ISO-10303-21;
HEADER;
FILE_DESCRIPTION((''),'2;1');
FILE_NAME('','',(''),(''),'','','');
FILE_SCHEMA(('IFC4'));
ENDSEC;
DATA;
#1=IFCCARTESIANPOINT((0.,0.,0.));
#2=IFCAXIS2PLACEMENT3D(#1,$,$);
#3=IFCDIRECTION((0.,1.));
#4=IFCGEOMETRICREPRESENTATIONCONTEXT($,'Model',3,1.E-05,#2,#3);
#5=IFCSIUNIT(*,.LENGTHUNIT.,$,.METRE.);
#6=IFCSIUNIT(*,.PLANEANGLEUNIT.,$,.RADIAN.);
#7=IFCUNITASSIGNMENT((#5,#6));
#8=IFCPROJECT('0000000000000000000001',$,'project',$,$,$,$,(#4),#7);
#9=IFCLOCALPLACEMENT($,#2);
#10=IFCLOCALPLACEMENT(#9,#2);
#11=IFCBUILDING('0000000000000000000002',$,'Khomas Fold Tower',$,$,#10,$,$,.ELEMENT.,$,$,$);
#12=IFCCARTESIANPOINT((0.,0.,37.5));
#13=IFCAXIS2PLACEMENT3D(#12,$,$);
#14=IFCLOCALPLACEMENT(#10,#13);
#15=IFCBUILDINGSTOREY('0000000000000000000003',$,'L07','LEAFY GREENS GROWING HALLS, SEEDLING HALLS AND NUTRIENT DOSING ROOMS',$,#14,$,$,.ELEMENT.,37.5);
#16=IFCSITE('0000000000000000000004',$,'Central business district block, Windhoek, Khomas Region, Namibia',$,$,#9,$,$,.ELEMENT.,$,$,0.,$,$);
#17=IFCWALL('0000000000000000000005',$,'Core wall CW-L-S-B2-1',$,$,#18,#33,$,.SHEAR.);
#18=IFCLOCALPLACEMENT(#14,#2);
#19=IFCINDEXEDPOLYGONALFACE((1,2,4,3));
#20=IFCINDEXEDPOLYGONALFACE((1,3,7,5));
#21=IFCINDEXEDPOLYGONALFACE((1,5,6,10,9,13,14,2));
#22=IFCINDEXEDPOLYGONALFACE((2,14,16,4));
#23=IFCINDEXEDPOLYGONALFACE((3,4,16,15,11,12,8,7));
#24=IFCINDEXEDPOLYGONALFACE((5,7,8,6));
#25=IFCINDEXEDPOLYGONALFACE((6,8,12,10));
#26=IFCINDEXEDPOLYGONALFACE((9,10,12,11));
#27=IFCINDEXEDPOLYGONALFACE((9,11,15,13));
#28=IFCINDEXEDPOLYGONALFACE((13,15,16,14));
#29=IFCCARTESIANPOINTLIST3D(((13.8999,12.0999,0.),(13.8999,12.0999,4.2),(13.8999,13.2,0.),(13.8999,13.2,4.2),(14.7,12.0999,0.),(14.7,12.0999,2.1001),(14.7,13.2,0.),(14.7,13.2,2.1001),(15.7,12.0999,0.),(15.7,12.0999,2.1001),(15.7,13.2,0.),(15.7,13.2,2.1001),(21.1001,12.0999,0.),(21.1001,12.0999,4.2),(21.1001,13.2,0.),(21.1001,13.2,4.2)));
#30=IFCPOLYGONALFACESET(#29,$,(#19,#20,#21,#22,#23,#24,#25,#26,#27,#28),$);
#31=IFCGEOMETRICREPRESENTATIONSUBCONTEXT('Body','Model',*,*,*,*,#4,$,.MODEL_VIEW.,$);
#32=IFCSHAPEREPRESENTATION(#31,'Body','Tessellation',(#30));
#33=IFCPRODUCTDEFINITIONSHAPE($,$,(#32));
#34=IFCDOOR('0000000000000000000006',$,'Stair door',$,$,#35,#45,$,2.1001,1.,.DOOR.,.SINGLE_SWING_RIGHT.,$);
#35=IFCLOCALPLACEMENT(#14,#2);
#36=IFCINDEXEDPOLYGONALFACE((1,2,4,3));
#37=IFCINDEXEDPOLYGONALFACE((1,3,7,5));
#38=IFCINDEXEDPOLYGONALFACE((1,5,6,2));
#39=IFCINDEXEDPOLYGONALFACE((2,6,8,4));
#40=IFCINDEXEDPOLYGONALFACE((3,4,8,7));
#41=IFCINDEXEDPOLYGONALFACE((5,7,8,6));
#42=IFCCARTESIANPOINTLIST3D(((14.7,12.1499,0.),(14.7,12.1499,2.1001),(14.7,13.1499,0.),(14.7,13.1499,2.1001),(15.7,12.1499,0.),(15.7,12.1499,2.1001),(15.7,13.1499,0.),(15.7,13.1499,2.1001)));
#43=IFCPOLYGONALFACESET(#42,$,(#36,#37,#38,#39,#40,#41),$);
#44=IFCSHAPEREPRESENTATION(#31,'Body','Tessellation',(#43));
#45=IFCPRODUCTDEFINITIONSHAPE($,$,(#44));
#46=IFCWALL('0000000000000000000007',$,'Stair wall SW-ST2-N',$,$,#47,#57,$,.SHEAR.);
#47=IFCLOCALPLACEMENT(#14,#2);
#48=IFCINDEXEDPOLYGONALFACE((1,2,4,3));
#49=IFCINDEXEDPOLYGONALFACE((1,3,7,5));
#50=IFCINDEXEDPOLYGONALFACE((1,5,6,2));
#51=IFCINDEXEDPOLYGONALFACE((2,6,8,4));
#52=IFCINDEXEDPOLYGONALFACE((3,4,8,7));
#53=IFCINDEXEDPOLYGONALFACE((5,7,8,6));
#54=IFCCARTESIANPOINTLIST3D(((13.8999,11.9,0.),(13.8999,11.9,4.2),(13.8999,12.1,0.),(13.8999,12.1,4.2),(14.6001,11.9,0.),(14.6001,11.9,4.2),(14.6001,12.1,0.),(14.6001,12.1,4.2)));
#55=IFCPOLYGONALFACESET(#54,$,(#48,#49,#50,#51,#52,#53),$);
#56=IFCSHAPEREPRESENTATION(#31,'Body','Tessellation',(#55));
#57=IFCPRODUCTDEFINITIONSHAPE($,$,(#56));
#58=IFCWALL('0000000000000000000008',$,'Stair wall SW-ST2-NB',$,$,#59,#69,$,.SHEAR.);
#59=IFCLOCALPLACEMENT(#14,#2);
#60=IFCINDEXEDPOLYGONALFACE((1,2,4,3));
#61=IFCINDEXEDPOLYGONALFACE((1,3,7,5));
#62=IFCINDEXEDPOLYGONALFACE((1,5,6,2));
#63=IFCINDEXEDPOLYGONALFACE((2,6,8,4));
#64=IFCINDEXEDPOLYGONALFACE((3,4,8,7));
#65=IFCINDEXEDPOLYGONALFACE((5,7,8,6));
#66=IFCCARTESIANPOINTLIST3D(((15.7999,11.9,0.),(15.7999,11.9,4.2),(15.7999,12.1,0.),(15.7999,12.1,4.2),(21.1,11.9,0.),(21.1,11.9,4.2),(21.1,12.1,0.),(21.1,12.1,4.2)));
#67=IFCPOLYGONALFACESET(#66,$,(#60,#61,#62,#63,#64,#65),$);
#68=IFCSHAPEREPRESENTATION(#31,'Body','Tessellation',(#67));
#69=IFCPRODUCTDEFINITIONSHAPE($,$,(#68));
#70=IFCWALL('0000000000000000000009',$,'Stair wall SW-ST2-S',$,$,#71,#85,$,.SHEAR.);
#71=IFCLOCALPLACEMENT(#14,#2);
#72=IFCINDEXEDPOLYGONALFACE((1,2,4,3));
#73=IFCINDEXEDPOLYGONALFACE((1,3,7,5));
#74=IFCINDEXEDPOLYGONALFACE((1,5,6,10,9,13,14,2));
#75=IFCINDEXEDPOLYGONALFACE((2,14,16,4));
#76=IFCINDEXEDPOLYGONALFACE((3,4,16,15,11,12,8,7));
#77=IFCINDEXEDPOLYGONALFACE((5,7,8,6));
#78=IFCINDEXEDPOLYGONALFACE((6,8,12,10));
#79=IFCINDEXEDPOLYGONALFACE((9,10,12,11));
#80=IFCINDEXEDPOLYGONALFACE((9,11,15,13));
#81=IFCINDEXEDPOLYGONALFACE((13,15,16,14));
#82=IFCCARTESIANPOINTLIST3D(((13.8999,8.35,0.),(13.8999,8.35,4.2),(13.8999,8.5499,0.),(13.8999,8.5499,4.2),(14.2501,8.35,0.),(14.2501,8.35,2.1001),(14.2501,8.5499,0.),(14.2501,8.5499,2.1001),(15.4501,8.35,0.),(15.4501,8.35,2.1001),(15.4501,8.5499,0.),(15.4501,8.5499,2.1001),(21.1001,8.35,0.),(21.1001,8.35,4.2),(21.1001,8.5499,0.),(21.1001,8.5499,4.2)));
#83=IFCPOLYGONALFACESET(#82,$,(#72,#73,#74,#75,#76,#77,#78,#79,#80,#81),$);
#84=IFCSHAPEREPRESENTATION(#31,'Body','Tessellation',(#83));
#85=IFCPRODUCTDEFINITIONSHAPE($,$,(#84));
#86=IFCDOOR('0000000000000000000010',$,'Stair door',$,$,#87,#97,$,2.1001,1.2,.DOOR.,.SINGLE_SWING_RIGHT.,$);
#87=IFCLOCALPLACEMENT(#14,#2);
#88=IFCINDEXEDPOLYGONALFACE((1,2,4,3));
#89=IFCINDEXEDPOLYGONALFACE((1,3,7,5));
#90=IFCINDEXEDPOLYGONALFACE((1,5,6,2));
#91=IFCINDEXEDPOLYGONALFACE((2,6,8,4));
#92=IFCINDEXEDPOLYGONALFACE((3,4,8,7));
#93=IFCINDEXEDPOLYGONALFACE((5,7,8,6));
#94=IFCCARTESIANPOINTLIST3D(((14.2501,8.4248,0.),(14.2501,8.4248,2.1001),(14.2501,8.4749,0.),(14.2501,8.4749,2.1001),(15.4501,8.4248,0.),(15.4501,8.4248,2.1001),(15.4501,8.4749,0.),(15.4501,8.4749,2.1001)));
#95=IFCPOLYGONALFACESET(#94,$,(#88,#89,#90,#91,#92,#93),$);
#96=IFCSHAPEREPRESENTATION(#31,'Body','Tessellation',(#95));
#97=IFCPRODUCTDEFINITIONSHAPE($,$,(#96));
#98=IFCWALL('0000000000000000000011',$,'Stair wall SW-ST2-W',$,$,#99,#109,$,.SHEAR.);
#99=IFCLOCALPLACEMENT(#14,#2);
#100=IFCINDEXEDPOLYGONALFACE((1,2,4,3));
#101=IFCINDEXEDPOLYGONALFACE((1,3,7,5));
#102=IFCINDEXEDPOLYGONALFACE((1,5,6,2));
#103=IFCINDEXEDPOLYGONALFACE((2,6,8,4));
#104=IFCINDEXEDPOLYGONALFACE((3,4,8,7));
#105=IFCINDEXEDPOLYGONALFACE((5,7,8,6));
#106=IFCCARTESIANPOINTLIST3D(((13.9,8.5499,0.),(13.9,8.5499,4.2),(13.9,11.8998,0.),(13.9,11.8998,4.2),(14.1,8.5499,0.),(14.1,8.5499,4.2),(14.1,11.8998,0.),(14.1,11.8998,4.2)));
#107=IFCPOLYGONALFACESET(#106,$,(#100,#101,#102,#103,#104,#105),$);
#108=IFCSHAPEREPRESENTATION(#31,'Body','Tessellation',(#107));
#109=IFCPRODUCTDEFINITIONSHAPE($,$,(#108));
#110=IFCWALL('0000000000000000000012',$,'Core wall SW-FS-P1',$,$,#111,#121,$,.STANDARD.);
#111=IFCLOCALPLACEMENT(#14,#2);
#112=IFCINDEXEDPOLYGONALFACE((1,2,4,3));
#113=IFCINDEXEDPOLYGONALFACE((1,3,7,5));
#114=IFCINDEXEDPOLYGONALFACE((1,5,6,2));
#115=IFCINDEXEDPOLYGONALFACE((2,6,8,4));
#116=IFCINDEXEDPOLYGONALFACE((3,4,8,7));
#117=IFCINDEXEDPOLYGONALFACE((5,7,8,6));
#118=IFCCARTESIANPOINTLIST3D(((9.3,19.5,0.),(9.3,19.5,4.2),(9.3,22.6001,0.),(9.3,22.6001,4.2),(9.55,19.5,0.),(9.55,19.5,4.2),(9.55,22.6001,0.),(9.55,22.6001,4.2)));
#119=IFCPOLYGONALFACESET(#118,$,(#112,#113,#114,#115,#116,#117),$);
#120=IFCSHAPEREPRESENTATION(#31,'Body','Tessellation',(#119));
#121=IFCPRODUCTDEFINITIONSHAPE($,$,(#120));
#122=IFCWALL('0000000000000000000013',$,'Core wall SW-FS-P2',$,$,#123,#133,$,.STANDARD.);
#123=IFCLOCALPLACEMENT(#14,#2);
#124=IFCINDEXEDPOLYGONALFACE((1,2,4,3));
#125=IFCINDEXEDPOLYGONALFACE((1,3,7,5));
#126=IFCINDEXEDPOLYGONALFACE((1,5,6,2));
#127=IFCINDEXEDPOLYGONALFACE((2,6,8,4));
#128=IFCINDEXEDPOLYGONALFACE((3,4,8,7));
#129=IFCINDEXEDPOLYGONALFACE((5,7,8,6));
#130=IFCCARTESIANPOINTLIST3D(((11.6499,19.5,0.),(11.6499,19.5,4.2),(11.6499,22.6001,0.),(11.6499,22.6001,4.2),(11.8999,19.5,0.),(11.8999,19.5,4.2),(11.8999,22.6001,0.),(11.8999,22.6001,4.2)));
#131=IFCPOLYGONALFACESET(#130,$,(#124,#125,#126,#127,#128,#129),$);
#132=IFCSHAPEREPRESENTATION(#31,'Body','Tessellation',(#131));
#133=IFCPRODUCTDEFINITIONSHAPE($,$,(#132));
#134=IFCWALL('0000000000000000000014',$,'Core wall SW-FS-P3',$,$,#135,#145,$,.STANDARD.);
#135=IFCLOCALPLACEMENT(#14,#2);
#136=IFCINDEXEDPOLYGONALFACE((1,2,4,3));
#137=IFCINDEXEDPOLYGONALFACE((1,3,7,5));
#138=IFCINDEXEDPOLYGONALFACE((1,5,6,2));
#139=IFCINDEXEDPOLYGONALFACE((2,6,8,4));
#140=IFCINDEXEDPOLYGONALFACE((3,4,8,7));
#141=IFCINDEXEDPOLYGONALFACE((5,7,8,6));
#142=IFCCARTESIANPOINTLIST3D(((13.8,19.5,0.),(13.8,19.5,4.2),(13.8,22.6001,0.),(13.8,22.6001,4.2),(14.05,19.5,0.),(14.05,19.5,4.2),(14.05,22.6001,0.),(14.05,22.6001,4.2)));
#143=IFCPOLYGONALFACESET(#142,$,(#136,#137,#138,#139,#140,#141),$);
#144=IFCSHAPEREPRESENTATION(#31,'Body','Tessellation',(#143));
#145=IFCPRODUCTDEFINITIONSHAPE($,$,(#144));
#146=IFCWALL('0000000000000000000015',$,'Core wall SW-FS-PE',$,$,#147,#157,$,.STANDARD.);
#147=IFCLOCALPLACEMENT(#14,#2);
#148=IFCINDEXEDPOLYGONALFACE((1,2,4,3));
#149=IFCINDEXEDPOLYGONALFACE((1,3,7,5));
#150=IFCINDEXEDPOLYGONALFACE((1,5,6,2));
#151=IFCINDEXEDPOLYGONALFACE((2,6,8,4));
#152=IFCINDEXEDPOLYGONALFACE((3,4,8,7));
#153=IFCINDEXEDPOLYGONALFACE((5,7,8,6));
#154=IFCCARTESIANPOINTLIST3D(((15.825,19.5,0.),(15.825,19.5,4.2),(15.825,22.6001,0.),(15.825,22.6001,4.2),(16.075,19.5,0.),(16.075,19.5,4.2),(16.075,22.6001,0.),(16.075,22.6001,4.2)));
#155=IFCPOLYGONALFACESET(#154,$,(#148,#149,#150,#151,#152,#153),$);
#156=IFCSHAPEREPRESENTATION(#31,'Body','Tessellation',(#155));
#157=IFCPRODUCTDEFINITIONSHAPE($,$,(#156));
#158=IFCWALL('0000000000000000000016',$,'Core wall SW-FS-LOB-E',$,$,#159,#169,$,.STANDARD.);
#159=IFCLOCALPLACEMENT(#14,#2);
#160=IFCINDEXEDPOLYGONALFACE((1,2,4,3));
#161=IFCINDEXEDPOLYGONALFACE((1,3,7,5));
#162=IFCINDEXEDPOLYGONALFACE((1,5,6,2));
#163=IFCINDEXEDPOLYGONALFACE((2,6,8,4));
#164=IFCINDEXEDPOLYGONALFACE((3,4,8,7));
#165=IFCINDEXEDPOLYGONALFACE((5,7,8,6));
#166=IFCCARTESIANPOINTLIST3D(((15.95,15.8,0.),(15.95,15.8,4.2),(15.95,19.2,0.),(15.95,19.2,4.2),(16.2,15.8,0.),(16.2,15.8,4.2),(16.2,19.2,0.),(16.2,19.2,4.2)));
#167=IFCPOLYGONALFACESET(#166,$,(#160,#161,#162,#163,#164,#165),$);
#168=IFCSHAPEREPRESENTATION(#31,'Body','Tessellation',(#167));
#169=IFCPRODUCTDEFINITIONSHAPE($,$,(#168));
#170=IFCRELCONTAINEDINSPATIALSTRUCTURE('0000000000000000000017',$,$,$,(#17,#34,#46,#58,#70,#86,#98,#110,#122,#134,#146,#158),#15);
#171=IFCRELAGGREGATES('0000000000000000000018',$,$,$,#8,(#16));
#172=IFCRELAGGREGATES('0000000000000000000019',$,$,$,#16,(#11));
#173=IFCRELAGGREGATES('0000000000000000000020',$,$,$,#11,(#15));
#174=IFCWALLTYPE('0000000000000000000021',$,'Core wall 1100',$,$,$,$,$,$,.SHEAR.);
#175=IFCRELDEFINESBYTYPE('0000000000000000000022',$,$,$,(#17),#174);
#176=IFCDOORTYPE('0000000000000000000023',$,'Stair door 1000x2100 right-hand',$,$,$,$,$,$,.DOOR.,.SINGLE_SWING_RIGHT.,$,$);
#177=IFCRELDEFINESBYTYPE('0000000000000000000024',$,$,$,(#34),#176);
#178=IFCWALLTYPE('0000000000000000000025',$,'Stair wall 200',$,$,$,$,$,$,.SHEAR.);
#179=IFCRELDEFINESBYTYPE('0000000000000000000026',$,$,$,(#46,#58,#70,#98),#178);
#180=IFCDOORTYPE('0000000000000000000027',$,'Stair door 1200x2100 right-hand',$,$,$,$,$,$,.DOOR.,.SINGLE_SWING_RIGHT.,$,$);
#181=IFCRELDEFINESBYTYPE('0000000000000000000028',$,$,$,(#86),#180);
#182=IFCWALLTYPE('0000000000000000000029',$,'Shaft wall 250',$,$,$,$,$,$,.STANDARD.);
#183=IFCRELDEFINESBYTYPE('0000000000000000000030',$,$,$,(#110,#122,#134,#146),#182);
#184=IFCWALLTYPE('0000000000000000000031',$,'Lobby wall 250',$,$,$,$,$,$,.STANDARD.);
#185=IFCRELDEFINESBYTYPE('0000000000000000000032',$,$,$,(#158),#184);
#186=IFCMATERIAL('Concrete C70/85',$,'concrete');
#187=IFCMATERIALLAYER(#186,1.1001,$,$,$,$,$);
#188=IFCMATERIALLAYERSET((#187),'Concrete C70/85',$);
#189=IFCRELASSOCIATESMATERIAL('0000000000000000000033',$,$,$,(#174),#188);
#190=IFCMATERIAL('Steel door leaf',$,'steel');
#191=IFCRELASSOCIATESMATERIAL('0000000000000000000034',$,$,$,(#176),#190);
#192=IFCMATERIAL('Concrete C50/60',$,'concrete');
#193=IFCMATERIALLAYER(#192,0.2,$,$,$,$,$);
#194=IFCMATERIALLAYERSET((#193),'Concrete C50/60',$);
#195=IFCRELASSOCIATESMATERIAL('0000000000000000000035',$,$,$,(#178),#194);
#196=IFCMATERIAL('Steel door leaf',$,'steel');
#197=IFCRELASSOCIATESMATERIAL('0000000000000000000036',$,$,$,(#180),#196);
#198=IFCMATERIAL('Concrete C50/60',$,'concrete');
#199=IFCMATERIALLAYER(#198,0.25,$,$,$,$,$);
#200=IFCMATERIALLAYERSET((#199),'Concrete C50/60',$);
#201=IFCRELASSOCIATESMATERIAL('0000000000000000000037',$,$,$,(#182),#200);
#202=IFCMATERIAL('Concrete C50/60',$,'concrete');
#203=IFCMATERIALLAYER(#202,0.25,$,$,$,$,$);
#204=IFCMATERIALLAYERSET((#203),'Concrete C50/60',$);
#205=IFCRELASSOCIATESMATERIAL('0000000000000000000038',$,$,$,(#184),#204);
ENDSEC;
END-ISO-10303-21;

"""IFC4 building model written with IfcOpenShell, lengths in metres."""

from ifc_helpers import new_model, si_unit, direction, frame, frame_2d, origin, place, context, subcontext, project, spatial, rectangle, extrude, source, transform, mapped, material, layer, layer_set, type_object, element, fill, save


model = new_model("IFC4")

# Units and contexts
model_context = context("Model", 3, precision=1e-05, world=origin(), true_north=direction((0.0, 1.0)))
body_context = subcontext(model_context, "Body", "Model", "MODEL_VIEW")
ifc_project = project(units=[si_unit("LENGTHUNIT", "METRE"), si_unit("PLANEANGLEUNIT", "RADIAN")], contexts=[model_context])

# Site, building, storey
site_placement = place(None, origin())
site = spatial("IfcSite", under=ifc_project, at=site_placement, Name="Central business district block, Windhoek, Khomas Region, Namibia", CompositionType="ELEMENT", RefElevation=0.0)
building_placement = place(site_placement, origin())
building = spatial("IfcBuilding", under=site, at=building_placement, Name="Khomas Fold Tower", CompositionType="ELEMENT")
storey_placement = place(building_placement, frame((0.0, 0.0, 37.5)))
storey = spatial("IfcBuildingStorey", under=building, at=storey_placement, Name="L07", Description="LEAFY GREENS GROWING HALLS, SEEDLING HALLS AND NUTRIENT DOSING ROOMS", CompositionType="ELEMENT", Elevation=37.5)

# Wall, opening, door
ifc_material_1 = material(Name="Concrete C70/85", Category="concrete")
ifc_layer_1 = layer(ifc_material_1, 1.1001)
ifc_layer_set_1 = layer_set([ifc_layer_1], Name="Concrete C70/85")
wall_type_1 = type_object("IfcWallType", Name="Core wall 1100", PredefinedType="SHEAR", material=ifc_layer_set_1)
shared_shape_1 = source(origin(), body_context, "Body", "SweptSolid", [
    extrude(rectangle(XDim=7.2002, YDim=1.1001, at=frame_2d((3.6001, 0.0))), origin(), (0.0, 0.0, 1.0), 4.2),
])
wall_1_placement = place(storey_placement, frame((13.8999, 12.6499, 0.0), z_axis=(0.0, 0.0, 1.0), x_axis=(1.0, 0.0, 0.0)))
wall_1 = element("IfcWall", 1, at=wall_1_placement, inside=storey, type_object=wall_type_1, Name="Core wall CW-L-S-B2-1", PredefinedType="SHEAR", context=body_context, shape_type="MappedRepresentation", body=[
    mapped(shared_shape_1, transform((0.0, 0.0, 0.0))),
])
shared_shape_2 = source(origin(), body_context, "Body", "SweptSolid", [
    extrude(rectangle(XDim=1.0, YDim=2.1001, at=frame_2d((0.5, 1.05))), frame((0.0, 0.5601, 0.0), z_axis=(0.0, -1.0, 0.0), x_axis=(1.0, 0.0, 0.0)), (0.0, 0.0, 1.0), 1.1201),
])
opening_1_placement = place(wall_1_placement, frame((0.8, 0.0, 0.0)))
opening_1 = element("IfcOpeningElement", 2, at=opening_1_placement, cuts=wall_1, PredefinedType="OPENING", context=body_context, shape_type="MappedRepresentation", body=[
    mapped(shared_shape_2, transform((0.0, 0.0, 0.0))),
])
ifc_material_2 = material(Name="Steel door leaf", Category="steel")
door_type_1 = type_object("IfcDoorType", Name="Stair door 1000x2100 right-hand", OperationType="SINGLE_SWING_RIGHT", PredefinedType="DOOR", material=ifc_material_2)
shared_shape_3 = source(origin(), body_context, "Body", "SweptSolid", [
    extrude(rectangle(XDim=1.0, YDim=2.1001, at=frame_2d((0.5, 1.05))), frame((0.0, 0.5, 0.0), z_axis=(0.0, -1.0, 0.0), x_axis=(1.0, 0.0, 0.0)), (0.0, 0.0, 1.0), 1.0),
])
door_1_placement = place(opening_1_placement, origin())
door_1 = element("IfcDoor", 3, at=door_1_placement, inside=storey, type_object=door_type_1, Name="Stair door", OperationType="SINGLE_SWING_RIGHT", OverallHeight=2.1001, OverallWidth=1.0, PredefinedType="DOOR", context=body_context, shape_type="MappedRepresentation", body=[
    mapped(shared_shape_3, transform((0.0, 0.0, 0.0))),
])
fill(opening_1, door_1)

# Walls
ifc_material_3 = material(Name="Concrete C50/60", Category="concrete")
ifc_layer_2 = layer(ifc_material_3, 0.2)
ifc_layer_set_2 = layer_set([ifc_layer_2], Name="Concrete C50/60")
wall_type_2 = type_object("IfcWallType", Name="Stair wall 200", PredefinedType="SHEAR", material=ifc_layer_set_2)
shared_shape_4 = source(origin(), body_context, "Body", "SweptSolid", [
    extrude(rectangle(XDim=0.7002, YDim=0.2, at=frame_2d((0.3501, 0.0))), origin(), (0.0, 0.0, 1.0), 4.2),
])
wall_2_placement = place(storey_placement, frame((13.8999, 12.0, 0.0), z_axis=(0.0, 0.0, 1.0), x_axis=(1.0, 0.0, 0.0)))
element("IfcWall", 4, at=wall_2_placement, inside=storey, type_object=wall_type_2, Name="Stair wall SW-ST2-N", PredefinedType="SHEAR", context=body_context, shape_type="MappedRepresentation", body=[
    mapped(shared_shape_4, transform((0.0, 0.0, 0.0))),
])
shared_shape_5 = source(origin(), body_context, "Body", "SweptSolid", [
    extrude(rectangle(XDim=5.3, YDim=0.2, at=frame_2d((2.6499, 0.0))), origin(), (0.0, 0.0, 1.0), 4.2),
])
wall_3_placement = place(storey_placement, frame((15.8, 12.0, 0.0), z_axis=(0.0, 0.0, 1.0), x_axis=(1.0, 0.0, 0.0)))
element("IfcWall", 5, at=wall_3_placement, inside=storey, type_object=wall_type_2, Name="Stair wall SW-ST2-NB", PredefinedType="SHEAR", context=body_context, shape_type="MappedRepresentation", body=[
    mapped(shared_shape_5, transform((0.0, 0.0, 0.0))),
])

# Wall, opening, door
shared_shape_6 = source(origin(), body_context, "Body", "SweptSolid", [
    extrude(rectangle(XDim=7.2002, YDim=0.2, at=frame_2d((3.6001, 0.0))), origin(), (0.0, 0.0, 1.0), 4.2),
])
wall_4_placement = place(storey_placement, frame((13.8999, 8.45, 0.0), z_axis=(0.0, 0.0, 1.0), x_axis=(1.0, 0.0, 0.0)))
wall_4 = element("IfcWall", 6, at=wall_4_placement, inside=storey, type_object=wall_type_2, Name="Stair wall SW-ST2-S", PredefinedType="SHEAR", context=body_context, shape_type="MappedRepresentation", body=[
    mapped(shared_shape_6, transform((0.0, 0.0, 0.0))),
])
shared_shape_7 = source(origin(), body_context, "Body", "SweptSolid", [
    extrude(rectangle(XDim=1.2, YDim=2.1001, at=frame_2d((0.6001, 1.05))), frame((0.0, 0.1099, 0.0), z_axis=(0.0, -1.0, 0.0), x_axis=(1.0, 0.0, 0.0)), (0.0, 0.0, 1.0), 0.22),
])
opening_2_placement = place(wall_4_placement, frame((0.3501, 0.0, 0.0)))
opening_2 = element("IfcOpeningElement", 7, at=opening_2_placement, cuts=wall_4, PredefinedType="OPENING", context=body_context, shape_type="MappedRepresentation", body=[
    mapped(shared_shape_7, transform((0.0, 0.0, 0.0))),
])
ifc_material_4 = material(Name="Steel door leaf", Category="steel")
door_type_2 = type_object("IfcDoorType", Name="Stair door 1200x2100 right-hand", OperationType="SINGLE_SWING_RIGHT", PredefinedType="DOOR", material=ifc_material_4)
shared_shape_8 = source(origin(), body_context, "Body", "SweptSolid", [
    extrude(rectangle(XDim=1.2, YDim=2.1001, at=frame_2d((0.6001, 1.05))), frame((0.0, 0.0249, 0.0), z_axis=(0.0, -1.0, 0.0), x_axis=(1.0, 0.0, 0.0)), (0.0, 0.0, 1.0), 0.05),
])
door_2_placement = place(opening_2_placement, origin())
door_2 = element("IfcDoor", 8, at=door_2_placement, inside=storey, type_object=door_type_2, Name="Stair door", OperationType="SINGLE_SWING_RIGHT", OverallHeight=2.1001, OverallWidth=1.2, PredefinedType="DOOR", context=body_context, shape_type="MappedRepresentation", body=[
    mapped(shared_shape_8, transform((0.0, 0.0, 0.0))),
])
fill(opening_2, door_2)

# Walls
shared_shape_9 = source(origin(), body_context, "Body", "SweptSolid", [
    extrude(rectangle(XDim=3.3499, YDim=0.2, at=frame_2d((1.6748, 0.0))), origin(), (0.0, 0.0, 1.0), 4.2),
])
wall_5_placement = place(storey_placement, frame((14.0, 8.55, 0.0), z_axis=(0.0, 0.0, 1.0), x_axis=(0.0, 1.0, 0.0)))
element("IfcWall", 9, at=wall_5_placement, inside=storey, type_object=wall_type_2, Name="Stair wall SW-ST2-W", PredefinedType="SHEAR", context=body_context, shape_type="MappedRepresentation", body=[
    mapped(shared_shape_9, transform((0.0, 0.0, 0.0))),
])
ifc_material_5 = material(Name="Concrete C50/60", Category="concrete")
ifc_layer_3 = layer(ifc_material_5, 0.25)
ifc_layer_set_3 = layer_set([ifc_layer_3], Name="Concrete C50/60")
wall_type_3 = type_object("IfcWallType", Name="Shaft wall 250", PredefinedType="STANDARD", material=ifc_layer_set_3)
shared_shape_10 = source(origin(), body_context, "Body", "SweptSolid", [
    extrude(rectangle(XDim=3.1001, YDim=0.25, at=frame_2d((1.55, 0.0))), origin(), (0.0, 0.0, 1.0), 4.2),
])
for number, where, z_axis, x_axis, name in (
    (10, (9.425, 19.5, 0.0), (0.0, 0.0, 1.0), (0.0, 1.0, 0.0), "Core wall SW-FS-P1"),
    (11, (11.7749, 19.5, 0.0), (0.0, 0.0, 1.0), (0.0, 1.0, 0.0), "Core wall SW-FS-P2"),
    (12, (13.925, 19.5, 0.0), (0.0, 0.0, 1.0), (0.0, 1.0, 0.0), "Core wall SW-FS-P3"),
    (13, (15.95, 19.5, 0.0), (0.0, 0.0, 1.0), (0.0, 1.0, 0.0), "Core wall SW-FS-PE"),
):
    element("IfcWall", number, at=place(storey_placement, frame(where, z_axis=z_axis, x_axis=x_axis)), inside=storey, type_object=wall_type_3, Name=name, PredefinedType="STANDARD", context=body_context, shape_type="MappedRepresentation", body=[
        mapped(shared_shape_10, transform((0.0, 0.0, 0.0))),
    ])
ifc_material_6 = material(Name="Concrete C50/60", Category="concrete")
ifc_layer_4 = layer(ifc_material_6, 0.25)
ifc_layer_set_4 = layer_set([ifc_layer_4], Name="Concrete C50/60")
wall_type_4 = type_object("IfcWallType", Name="Lobby wall 250", PredefinedType="STANDARD", material=ifc_layer_set_4)
shared_shape_11 = source(origin(), body_context, "Body", "SweptSolid", [
    extrude(rectangle(XDim=3.3999, YDim=0.25, at=frame_2d((1.7, 0.0))), origin(), (0.0, 0.0, 1.0), 4.2),
])
for number, where, z_axis, x_axis, name in (
    (14, (16.075, 15.8, 0.0), (0.0, 0.0, 1.0), (0.0, 1.0, 0.0), "Core wall SW-FS-LOB-E"),
):
    element("IfcWall", number, at=place(storey_placement, frame(where, z_axis=z_axis, x_axis=x_axis)), inside=storey, type_object=wall_type_4, Name=name, PredefinedType="STANDARD", context=body_context, shape_type="MappedRepresentation", body=[
        mapped(shared_shape_11, transform((0.0, 0.0, 0.0))),
    ])

save(model, "model.ifc")
